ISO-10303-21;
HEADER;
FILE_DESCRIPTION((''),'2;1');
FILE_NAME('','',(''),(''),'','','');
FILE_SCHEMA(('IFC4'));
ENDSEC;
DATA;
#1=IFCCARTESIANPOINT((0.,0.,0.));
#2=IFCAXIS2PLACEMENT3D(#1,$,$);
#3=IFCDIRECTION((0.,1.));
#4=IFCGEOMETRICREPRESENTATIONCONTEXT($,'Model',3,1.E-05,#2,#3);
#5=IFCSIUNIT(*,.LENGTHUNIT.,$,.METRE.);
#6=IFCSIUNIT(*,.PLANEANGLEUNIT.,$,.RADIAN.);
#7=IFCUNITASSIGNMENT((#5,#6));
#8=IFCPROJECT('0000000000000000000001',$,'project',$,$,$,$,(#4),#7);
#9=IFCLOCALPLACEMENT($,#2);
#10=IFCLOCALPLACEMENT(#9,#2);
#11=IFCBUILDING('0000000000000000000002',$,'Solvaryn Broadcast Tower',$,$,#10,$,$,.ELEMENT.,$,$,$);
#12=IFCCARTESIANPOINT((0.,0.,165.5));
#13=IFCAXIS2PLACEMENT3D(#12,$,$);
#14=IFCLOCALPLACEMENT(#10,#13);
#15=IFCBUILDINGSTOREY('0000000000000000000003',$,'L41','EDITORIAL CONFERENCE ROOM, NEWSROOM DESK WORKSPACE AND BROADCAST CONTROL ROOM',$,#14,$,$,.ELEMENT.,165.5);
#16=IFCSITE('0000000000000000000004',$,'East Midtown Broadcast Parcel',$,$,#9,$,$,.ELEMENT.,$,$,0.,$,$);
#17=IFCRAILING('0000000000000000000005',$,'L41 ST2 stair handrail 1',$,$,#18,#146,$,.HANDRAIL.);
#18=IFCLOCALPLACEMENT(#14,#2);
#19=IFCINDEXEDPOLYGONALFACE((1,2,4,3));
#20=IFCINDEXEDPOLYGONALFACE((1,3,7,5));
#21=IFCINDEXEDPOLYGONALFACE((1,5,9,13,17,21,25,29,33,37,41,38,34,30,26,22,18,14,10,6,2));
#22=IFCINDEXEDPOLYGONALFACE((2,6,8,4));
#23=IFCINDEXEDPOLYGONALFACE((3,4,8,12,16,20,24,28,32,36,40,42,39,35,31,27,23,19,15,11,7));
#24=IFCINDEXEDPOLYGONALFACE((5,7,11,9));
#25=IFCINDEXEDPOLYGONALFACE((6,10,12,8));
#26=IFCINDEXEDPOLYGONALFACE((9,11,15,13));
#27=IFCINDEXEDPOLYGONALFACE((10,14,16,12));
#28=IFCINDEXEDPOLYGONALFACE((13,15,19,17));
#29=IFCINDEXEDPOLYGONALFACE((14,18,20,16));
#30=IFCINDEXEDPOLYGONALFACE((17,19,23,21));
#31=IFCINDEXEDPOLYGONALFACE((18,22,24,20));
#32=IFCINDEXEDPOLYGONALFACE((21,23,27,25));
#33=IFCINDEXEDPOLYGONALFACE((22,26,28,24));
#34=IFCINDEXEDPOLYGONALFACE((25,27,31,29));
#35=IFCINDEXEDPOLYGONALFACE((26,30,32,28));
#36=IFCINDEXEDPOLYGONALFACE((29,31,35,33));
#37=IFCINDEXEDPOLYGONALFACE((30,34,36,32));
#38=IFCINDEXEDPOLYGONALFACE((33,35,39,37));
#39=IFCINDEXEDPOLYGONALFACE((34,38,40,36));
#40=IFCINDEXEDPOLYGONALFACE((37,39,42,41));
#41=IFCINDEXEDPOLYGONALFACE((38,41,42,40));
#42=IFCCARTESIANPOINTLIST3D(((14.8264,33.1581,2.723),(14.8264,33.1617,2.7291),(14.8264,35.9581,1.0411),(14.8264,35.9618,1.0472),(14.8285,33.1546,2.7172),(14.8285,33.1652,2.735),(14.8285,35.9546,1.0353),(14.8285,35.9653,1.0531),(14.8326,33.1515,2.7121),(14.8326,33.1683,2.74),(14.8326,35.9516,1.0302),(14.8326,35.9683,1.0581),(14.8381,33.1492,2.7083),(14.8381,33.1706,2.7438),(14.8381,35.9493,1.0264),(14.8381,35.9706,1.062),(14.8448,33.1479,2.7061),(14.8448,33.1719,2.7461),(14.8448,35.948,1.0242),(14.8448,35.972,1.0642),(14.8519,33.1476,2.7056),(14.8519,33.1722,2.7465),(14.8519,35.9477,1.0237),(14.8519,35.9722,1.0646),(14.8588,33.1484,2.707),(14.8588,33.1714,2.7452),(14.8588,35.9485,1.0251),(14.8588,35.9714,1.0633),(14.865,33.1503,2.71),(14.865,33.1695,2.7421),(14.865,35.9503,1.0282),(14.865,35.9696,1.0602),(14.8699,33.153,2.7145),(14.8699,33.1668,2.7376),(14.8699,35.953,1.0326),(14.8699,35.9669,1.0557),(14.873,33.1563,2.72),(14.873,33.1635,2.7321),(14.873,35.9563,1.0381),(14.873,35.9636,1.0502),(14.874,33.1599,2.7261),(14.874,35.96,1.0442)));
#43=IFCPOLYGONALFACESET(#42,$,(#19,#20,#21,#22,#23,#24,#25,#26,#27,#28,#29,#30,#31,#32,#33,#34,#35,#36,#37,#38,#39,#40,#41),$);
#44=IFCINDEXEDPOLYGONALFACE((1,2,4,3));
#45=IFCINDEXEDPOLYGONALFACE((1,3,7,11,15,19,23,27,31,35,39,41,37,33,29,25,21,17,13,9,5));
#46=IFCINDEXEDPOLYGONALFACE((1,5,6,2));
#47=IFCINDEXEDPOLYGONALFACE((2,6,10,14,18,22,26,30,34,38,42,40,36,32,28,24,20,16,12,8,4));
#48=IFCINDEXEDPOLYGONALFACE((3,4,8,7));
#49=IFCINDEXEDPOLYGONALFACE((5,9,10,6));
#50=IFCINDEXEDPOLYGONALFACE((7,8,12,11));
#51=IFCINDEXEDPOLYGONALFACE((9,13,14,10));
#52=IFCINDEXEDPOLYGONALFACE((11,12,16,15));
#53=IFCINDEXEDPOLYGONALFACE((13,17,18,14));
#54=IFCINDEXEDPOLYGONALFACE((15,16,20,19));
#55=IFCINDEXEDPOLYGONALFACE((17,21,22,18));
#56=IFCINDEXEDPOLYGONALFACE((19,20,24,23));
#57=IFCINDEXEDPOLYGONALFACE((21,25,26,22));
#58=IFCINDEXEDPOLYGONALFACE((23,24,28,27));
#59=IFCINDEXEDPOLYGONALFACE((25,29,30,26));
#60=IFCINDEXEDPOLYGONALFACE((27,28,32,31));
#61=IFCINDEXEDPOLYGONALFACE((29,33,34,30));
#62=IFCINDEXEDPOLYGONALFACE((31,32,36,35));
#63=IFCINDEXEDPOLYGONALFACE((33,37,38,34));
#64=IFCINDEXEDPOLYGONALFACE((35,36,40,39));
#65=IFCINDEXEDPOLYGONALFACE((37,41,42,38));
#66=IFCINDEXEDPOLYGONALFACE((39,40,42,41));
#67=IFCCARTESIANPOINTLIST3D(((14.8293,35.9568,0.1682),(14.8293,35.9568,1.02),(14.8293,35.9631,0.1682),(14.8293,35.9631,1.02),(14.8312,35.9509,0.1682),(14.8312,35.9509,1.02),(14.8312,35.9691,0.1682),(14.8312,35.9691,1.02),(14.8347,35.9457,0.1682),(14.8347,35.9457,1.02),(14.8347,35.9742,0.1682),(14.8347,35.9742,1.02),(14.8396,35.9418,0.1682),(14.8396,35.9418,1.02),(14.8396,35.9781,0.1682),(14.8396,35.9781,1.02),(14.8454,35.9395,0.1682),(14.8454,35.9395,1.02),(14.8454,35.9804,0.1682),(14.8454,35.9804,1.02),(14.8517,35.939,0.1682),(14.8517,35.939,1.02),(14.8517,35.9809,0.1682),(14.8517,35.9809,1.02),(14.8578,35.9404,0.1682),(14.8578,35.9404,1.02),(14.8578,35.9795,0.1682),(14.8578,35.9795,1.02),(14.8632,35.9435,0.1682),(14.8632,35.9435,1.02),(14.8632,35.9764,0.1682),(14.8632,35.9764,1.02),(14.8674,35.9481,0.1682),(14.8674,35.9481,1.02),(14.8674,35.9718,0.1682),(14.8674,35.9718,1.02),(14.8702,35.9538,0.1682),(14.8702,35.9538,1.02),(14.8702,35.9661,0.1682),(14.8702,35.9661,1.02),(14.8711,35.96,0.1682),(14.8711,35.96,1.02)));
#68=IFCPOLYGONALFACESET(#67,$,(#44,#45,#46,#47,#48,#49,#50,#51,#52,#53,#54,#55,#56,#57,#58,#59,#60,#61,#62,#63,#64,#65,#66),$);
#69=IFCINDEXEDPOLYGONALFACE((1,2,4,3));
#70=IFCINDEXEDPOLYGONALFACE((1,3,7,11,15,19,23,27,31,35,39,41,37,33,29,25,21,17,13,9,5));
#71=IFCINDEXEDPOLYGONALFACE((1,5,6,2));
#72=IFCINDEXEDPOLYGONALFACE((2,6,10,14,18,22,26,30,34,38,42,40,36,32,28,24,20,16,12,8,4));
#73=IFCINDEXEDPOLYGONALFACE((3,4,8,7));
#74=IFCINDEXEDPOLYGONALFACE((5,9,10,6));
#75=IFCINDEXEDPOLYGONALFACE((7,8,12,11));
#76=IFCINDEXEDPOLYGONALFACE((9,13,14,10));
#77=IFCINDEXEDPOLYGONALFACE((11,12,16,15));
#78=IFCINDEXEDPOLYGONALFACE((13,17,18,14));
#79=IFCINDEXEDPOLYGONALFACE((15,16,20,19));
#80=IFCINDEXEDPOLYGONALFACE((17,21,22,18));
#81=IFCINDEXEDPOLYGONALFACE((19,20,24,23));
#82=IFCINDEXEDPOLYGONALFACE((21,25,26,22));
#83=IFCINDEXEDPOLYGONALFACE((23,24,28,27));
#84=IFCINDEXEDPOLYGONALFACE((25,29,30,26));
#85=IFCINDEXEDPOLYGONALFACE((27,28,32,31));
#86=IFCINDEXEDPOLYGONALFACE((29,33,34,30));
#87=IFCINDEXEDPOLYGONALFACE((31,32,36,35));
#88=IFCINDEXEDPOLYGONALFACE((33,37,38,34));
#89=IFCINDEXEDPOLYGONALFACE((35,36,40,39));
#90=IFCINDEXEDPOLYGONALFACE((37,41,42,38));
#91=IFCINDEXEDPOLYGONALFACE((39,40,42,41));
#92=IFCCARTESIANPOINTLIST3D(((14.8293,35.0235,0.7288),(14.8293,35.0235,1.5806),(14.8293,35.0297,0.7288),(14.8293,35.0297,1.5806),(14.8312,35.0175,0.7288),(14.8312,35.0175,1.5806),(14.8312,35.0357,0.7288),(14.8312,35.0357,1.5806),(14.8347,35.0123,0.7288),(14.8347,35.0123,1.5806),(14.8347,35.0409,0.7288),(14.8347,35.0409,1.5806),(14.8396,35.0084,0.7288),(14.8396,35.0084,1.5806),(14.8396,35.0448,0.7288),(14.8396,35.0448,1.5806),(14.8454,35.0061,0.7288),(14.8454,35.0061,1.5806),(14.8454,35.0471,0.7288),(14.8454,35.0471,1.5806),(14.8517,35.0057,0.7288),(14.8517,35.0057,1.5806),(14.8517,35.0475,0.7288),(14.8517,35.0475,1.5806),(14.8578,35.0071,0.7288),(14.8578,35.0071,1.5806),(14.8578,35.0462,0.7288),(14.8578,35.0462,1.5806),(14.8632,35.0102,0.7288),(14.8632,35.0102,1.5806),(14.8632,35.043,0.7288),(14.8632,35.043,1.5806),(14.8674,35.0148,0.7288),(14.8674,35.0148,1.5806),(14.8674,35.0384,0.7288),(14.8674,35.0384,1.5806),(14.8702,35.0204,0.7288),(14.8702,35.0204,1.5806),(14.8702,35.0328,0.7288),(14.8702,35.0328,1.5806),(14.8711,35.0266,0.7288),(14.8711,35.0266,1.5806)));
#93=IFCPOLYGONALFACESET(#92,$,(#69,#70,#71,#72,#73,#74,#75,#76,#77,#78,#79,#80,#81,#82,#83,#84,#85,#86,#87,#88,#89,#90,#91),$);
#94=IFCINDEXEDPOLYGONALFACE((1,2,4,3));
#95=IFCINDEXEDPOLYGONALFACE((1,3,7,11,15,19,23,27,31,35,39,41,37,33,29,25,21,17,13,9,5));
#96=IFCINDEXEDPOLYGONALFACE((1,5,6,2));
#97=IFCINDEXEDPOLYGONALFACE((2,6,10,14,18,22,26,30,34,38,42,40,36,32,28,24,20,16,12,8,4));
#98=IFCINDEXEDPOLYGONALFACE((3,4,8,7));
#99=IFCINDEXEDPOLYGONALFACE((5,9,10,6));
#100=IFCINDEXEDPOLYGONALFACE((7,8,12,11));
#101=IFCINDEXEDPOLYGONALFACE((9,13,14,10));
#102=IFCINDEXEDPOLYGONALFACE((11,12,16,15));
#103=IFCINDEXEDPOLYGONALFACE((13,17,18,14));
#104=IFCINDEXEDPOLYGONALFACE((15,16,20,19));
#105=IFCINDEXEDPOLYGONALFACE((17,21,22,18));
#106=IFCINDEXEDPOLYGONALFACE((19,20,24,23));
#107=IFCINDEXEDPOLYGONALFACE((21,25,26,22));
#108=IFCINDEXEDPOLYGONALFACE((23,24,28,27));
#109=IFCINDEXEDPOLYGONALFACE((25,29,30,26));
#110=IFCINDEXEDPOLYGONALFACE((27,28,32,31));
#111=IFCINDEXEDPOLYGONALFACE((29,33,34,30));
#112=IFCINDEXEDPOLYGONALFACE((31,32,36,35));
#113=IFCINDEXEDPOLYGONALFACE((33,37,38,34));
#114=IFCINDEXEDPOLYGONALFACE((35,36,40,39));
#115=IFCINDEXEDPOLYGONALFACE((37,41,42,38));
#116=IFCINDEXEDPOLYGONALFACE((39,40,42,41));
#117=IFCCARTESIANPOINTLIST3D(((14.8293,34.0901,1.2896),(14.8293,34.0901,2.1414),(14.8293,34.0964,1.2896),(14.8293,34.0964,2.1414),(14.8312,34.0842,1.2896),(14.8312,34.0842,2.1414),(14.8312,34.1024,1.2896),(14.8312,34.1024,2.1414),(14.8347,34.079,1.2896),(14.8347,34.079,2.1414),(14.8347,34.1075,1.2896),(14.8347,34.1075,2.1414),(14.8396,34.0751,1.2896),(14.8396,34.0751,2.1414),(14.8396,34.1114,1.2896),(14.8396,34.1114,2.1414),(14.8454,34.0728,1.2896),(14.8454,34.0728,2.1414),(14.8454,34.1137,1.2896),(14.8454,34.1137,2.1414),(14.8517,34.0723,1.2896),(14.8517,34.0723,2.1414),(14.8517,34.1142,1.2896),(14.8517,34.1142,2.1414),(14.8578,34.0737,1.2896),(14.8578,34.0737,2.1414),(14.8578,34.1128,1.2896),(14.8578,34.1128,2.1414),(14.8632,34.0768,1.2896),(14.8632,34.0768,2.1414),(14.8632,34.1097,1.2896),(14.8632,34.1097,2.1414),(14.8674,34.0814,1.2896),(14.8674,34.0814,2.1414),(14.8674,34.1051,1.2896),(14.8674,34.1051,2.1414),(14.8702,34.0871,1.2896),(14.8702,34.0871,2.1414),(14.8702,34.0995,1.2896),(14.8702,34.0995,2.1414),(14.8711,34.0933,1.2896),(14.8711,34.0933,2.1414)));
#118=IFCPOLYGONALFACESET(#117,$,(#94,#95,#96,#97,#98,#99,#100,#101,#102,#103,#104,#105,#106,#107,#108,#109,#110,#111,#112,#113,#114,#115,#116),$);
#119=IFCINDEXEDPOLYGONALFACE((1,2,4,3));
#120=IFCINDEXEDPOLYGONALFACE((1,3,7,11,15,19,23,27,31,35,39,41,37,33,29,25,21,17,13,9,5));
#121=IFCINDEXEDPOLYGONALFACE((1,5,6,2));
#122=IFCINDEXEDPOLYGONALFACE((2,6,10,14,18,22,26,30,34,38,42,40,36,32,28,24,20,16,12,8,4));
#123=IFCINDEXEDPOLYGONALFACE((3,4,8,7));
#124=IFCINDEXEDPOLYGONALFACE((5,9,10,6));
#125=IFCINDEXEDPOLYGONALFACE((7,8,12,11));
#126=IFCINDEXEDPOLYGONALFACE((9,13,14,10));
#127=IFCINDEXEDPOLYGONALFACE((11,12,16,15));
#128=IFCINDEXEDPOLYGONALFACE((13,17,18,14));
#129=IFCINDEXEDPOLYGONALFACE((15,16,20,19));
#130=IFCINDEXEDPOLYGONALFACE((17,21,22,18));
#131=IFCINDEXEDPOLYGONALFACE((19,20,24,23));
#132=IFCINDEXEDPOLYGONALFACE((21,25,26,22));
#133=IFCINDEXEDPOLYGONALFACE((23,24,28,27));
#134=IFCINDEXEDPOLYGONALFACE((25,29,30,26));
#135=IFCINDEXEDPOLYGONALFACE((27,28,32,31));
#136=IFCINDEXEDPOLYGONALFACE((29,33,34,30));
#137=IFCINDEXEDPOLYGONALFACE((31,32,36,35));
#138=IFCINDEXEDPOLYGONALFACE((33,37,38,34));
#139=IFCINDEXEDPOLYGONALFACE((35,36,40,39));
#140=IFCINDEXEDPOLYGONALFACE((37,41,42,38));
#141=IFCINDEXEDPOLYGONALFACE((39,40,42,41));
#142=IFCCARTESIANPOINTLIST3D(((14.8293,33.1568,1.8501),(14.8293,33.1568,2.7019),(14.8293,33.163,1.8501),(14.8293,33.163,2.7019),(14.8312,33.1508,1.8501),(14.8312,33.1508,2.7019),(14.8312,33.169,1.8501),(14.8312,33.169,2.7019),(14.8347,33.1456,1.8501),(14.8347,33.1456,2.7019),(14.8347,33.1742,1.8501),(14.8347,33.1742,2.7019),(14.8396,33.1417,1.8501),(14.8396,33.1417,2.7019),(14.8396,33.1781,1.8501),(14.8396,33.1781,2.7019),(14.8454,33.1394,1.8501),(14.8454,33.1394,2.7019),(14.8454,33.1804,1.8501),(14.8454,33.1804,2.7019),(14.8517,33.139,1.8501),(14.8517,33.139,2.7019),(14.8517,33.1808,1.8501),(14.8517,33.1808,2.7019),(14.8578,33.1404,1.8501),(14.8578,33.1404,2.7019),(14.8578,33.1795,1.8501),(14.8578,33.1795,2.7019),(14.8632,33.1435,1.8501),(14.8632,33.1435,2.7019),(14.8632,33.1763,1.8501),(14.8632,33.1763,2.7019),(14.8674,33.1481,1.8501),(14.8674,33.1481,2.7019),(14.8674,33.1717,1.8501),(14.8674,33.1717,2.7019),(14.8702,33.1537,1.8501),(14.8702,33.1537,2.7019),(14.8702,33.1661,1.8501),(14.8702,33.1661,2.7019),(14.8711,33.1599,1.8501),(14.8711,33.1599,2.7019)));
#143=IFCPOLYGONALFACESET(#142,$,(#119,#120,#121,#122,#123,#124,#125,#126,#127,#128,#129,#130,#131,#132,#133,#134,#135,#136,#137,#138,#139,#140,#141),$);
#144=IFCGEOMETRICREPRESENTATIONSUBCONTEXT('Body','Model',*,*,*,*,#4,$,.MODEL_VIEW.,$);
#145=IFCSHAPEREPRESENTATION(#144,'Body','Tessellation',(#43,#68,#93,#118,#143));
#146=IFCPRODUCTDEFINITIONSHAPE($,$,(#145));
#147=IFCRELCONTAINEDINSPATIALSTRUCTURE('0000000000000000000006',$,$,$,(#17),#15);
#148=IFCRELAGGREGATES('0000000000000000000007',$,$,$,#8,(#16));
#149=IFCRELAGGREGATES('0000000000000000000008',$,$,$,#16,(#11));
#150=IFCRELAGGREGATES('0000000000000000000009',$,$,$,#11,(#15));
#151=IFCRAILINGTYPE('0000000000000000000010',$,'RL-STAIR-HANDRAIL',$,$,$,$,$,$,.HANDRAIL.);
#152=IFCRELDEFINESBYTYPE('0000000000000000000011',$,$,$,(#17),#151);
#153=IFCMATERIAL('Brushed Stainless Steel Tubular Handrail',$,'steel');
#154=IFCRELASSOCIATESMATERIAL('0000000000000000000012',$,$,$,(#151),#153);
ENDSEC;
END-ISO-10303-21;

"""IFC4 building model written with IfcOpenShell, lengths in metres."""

from ifc_helpers import new_model, si_unit, direction, frame, origin, origin_2d, place, context, subcontext, project, spatial, circle, extrude, material, type_object, element, save


model = new_model("IFC4")

# Units and contexts
model_context = context("Model", 3, precision=1e-05, world=origin(), true_north=direction((0.0, 1.0)))
body_context = subcontext(model_context, "Body", "Model", "MODEL_VIEW")
ifc_project = project(units=[si_unit("LENGTHUNIT", "METRE"), si_unit("PLANEANGLEUNIT", "RADIAN")], contexts=[model_context])

# Site, building, storey
site_placement = place(None, origin())
site = spatial("IfcSite", under=ifc_project, at=site_placement, Name="East Midtown Broadcast Parcel", CompositionType="ELEMENT", RefElevation=0.0)
building_placement = place(site_placement, origin())
building = spatial("IfcBuilding", under=site, at=building_placement, Name="Solvaryn Broadcast Tower", CompositionType="ELEMENT")
storey_placement = place(building_placement, frame((0.0, 0.0, 165.5)))
storey = spatial("IfcBuildingStorey", under=building, at=storey_placement, Name="L41", Description="EDITORIAL CONFERENCE ROOM, NEWSROOM DESK WORKSPACE AND BROADCAST CONTROL ROOM", CompositionType="ELEMENT", Elevation=165.5)

# Railing
ifc_material_1 = material(Name="Brushed Stainless Steel Tubular Handrail", Category="steel")
railing_type_1 = type_object("IfcRailingType", Name="RL-STAIR-HANDRAIL", PredefinedType="HANDRAIL", material=ifc_material_1)
railing_1_placement = place(storey_placement, frame((14.8501, 35.96, 0.1682)))
element("IfcRailing", 1, at=railing_1_placement, inside=storey, type_object=railing_type_1, Name="L41 ST2 stair handrail 1", PredefinedType="HANDRAIL", context=body_context, shape_type="SweptSolid", body=[
    extrude(circle(Radius=0.0239, at=origin_2d()), frame((0.0, 0.0, 0.876), z_axis=(0.0, -0.857242, 0.514913), x_axis=(1.0, 0.0, 0.0)), (0.0, 0.0, 1.0), 3.2664),
    extrude(circle(Radius=0.021, at=origin_2d()), origin(), (0.0, 0.0, 1.0), 0.8518),
    extrude(circle(Radius=0.021, at=origin_2d()), frame((0.0, -0.9333, 0.5605)), (0.0, 0.0, 1.0), 0.8518),
    extrude(circle(Radius=0.021, at=origin_2d()), frame((0.0, -1.8667, 1.1213)), (0.0, 0.0, 1.0), 0.8518),
    extrude(circle(Radius=0.021, at=origin_2d()), frame((0.0, -2.8, 1.6819)), (0.0, 0.0, 1.0), 0.8518),
])

save(model, "model.ifc")
